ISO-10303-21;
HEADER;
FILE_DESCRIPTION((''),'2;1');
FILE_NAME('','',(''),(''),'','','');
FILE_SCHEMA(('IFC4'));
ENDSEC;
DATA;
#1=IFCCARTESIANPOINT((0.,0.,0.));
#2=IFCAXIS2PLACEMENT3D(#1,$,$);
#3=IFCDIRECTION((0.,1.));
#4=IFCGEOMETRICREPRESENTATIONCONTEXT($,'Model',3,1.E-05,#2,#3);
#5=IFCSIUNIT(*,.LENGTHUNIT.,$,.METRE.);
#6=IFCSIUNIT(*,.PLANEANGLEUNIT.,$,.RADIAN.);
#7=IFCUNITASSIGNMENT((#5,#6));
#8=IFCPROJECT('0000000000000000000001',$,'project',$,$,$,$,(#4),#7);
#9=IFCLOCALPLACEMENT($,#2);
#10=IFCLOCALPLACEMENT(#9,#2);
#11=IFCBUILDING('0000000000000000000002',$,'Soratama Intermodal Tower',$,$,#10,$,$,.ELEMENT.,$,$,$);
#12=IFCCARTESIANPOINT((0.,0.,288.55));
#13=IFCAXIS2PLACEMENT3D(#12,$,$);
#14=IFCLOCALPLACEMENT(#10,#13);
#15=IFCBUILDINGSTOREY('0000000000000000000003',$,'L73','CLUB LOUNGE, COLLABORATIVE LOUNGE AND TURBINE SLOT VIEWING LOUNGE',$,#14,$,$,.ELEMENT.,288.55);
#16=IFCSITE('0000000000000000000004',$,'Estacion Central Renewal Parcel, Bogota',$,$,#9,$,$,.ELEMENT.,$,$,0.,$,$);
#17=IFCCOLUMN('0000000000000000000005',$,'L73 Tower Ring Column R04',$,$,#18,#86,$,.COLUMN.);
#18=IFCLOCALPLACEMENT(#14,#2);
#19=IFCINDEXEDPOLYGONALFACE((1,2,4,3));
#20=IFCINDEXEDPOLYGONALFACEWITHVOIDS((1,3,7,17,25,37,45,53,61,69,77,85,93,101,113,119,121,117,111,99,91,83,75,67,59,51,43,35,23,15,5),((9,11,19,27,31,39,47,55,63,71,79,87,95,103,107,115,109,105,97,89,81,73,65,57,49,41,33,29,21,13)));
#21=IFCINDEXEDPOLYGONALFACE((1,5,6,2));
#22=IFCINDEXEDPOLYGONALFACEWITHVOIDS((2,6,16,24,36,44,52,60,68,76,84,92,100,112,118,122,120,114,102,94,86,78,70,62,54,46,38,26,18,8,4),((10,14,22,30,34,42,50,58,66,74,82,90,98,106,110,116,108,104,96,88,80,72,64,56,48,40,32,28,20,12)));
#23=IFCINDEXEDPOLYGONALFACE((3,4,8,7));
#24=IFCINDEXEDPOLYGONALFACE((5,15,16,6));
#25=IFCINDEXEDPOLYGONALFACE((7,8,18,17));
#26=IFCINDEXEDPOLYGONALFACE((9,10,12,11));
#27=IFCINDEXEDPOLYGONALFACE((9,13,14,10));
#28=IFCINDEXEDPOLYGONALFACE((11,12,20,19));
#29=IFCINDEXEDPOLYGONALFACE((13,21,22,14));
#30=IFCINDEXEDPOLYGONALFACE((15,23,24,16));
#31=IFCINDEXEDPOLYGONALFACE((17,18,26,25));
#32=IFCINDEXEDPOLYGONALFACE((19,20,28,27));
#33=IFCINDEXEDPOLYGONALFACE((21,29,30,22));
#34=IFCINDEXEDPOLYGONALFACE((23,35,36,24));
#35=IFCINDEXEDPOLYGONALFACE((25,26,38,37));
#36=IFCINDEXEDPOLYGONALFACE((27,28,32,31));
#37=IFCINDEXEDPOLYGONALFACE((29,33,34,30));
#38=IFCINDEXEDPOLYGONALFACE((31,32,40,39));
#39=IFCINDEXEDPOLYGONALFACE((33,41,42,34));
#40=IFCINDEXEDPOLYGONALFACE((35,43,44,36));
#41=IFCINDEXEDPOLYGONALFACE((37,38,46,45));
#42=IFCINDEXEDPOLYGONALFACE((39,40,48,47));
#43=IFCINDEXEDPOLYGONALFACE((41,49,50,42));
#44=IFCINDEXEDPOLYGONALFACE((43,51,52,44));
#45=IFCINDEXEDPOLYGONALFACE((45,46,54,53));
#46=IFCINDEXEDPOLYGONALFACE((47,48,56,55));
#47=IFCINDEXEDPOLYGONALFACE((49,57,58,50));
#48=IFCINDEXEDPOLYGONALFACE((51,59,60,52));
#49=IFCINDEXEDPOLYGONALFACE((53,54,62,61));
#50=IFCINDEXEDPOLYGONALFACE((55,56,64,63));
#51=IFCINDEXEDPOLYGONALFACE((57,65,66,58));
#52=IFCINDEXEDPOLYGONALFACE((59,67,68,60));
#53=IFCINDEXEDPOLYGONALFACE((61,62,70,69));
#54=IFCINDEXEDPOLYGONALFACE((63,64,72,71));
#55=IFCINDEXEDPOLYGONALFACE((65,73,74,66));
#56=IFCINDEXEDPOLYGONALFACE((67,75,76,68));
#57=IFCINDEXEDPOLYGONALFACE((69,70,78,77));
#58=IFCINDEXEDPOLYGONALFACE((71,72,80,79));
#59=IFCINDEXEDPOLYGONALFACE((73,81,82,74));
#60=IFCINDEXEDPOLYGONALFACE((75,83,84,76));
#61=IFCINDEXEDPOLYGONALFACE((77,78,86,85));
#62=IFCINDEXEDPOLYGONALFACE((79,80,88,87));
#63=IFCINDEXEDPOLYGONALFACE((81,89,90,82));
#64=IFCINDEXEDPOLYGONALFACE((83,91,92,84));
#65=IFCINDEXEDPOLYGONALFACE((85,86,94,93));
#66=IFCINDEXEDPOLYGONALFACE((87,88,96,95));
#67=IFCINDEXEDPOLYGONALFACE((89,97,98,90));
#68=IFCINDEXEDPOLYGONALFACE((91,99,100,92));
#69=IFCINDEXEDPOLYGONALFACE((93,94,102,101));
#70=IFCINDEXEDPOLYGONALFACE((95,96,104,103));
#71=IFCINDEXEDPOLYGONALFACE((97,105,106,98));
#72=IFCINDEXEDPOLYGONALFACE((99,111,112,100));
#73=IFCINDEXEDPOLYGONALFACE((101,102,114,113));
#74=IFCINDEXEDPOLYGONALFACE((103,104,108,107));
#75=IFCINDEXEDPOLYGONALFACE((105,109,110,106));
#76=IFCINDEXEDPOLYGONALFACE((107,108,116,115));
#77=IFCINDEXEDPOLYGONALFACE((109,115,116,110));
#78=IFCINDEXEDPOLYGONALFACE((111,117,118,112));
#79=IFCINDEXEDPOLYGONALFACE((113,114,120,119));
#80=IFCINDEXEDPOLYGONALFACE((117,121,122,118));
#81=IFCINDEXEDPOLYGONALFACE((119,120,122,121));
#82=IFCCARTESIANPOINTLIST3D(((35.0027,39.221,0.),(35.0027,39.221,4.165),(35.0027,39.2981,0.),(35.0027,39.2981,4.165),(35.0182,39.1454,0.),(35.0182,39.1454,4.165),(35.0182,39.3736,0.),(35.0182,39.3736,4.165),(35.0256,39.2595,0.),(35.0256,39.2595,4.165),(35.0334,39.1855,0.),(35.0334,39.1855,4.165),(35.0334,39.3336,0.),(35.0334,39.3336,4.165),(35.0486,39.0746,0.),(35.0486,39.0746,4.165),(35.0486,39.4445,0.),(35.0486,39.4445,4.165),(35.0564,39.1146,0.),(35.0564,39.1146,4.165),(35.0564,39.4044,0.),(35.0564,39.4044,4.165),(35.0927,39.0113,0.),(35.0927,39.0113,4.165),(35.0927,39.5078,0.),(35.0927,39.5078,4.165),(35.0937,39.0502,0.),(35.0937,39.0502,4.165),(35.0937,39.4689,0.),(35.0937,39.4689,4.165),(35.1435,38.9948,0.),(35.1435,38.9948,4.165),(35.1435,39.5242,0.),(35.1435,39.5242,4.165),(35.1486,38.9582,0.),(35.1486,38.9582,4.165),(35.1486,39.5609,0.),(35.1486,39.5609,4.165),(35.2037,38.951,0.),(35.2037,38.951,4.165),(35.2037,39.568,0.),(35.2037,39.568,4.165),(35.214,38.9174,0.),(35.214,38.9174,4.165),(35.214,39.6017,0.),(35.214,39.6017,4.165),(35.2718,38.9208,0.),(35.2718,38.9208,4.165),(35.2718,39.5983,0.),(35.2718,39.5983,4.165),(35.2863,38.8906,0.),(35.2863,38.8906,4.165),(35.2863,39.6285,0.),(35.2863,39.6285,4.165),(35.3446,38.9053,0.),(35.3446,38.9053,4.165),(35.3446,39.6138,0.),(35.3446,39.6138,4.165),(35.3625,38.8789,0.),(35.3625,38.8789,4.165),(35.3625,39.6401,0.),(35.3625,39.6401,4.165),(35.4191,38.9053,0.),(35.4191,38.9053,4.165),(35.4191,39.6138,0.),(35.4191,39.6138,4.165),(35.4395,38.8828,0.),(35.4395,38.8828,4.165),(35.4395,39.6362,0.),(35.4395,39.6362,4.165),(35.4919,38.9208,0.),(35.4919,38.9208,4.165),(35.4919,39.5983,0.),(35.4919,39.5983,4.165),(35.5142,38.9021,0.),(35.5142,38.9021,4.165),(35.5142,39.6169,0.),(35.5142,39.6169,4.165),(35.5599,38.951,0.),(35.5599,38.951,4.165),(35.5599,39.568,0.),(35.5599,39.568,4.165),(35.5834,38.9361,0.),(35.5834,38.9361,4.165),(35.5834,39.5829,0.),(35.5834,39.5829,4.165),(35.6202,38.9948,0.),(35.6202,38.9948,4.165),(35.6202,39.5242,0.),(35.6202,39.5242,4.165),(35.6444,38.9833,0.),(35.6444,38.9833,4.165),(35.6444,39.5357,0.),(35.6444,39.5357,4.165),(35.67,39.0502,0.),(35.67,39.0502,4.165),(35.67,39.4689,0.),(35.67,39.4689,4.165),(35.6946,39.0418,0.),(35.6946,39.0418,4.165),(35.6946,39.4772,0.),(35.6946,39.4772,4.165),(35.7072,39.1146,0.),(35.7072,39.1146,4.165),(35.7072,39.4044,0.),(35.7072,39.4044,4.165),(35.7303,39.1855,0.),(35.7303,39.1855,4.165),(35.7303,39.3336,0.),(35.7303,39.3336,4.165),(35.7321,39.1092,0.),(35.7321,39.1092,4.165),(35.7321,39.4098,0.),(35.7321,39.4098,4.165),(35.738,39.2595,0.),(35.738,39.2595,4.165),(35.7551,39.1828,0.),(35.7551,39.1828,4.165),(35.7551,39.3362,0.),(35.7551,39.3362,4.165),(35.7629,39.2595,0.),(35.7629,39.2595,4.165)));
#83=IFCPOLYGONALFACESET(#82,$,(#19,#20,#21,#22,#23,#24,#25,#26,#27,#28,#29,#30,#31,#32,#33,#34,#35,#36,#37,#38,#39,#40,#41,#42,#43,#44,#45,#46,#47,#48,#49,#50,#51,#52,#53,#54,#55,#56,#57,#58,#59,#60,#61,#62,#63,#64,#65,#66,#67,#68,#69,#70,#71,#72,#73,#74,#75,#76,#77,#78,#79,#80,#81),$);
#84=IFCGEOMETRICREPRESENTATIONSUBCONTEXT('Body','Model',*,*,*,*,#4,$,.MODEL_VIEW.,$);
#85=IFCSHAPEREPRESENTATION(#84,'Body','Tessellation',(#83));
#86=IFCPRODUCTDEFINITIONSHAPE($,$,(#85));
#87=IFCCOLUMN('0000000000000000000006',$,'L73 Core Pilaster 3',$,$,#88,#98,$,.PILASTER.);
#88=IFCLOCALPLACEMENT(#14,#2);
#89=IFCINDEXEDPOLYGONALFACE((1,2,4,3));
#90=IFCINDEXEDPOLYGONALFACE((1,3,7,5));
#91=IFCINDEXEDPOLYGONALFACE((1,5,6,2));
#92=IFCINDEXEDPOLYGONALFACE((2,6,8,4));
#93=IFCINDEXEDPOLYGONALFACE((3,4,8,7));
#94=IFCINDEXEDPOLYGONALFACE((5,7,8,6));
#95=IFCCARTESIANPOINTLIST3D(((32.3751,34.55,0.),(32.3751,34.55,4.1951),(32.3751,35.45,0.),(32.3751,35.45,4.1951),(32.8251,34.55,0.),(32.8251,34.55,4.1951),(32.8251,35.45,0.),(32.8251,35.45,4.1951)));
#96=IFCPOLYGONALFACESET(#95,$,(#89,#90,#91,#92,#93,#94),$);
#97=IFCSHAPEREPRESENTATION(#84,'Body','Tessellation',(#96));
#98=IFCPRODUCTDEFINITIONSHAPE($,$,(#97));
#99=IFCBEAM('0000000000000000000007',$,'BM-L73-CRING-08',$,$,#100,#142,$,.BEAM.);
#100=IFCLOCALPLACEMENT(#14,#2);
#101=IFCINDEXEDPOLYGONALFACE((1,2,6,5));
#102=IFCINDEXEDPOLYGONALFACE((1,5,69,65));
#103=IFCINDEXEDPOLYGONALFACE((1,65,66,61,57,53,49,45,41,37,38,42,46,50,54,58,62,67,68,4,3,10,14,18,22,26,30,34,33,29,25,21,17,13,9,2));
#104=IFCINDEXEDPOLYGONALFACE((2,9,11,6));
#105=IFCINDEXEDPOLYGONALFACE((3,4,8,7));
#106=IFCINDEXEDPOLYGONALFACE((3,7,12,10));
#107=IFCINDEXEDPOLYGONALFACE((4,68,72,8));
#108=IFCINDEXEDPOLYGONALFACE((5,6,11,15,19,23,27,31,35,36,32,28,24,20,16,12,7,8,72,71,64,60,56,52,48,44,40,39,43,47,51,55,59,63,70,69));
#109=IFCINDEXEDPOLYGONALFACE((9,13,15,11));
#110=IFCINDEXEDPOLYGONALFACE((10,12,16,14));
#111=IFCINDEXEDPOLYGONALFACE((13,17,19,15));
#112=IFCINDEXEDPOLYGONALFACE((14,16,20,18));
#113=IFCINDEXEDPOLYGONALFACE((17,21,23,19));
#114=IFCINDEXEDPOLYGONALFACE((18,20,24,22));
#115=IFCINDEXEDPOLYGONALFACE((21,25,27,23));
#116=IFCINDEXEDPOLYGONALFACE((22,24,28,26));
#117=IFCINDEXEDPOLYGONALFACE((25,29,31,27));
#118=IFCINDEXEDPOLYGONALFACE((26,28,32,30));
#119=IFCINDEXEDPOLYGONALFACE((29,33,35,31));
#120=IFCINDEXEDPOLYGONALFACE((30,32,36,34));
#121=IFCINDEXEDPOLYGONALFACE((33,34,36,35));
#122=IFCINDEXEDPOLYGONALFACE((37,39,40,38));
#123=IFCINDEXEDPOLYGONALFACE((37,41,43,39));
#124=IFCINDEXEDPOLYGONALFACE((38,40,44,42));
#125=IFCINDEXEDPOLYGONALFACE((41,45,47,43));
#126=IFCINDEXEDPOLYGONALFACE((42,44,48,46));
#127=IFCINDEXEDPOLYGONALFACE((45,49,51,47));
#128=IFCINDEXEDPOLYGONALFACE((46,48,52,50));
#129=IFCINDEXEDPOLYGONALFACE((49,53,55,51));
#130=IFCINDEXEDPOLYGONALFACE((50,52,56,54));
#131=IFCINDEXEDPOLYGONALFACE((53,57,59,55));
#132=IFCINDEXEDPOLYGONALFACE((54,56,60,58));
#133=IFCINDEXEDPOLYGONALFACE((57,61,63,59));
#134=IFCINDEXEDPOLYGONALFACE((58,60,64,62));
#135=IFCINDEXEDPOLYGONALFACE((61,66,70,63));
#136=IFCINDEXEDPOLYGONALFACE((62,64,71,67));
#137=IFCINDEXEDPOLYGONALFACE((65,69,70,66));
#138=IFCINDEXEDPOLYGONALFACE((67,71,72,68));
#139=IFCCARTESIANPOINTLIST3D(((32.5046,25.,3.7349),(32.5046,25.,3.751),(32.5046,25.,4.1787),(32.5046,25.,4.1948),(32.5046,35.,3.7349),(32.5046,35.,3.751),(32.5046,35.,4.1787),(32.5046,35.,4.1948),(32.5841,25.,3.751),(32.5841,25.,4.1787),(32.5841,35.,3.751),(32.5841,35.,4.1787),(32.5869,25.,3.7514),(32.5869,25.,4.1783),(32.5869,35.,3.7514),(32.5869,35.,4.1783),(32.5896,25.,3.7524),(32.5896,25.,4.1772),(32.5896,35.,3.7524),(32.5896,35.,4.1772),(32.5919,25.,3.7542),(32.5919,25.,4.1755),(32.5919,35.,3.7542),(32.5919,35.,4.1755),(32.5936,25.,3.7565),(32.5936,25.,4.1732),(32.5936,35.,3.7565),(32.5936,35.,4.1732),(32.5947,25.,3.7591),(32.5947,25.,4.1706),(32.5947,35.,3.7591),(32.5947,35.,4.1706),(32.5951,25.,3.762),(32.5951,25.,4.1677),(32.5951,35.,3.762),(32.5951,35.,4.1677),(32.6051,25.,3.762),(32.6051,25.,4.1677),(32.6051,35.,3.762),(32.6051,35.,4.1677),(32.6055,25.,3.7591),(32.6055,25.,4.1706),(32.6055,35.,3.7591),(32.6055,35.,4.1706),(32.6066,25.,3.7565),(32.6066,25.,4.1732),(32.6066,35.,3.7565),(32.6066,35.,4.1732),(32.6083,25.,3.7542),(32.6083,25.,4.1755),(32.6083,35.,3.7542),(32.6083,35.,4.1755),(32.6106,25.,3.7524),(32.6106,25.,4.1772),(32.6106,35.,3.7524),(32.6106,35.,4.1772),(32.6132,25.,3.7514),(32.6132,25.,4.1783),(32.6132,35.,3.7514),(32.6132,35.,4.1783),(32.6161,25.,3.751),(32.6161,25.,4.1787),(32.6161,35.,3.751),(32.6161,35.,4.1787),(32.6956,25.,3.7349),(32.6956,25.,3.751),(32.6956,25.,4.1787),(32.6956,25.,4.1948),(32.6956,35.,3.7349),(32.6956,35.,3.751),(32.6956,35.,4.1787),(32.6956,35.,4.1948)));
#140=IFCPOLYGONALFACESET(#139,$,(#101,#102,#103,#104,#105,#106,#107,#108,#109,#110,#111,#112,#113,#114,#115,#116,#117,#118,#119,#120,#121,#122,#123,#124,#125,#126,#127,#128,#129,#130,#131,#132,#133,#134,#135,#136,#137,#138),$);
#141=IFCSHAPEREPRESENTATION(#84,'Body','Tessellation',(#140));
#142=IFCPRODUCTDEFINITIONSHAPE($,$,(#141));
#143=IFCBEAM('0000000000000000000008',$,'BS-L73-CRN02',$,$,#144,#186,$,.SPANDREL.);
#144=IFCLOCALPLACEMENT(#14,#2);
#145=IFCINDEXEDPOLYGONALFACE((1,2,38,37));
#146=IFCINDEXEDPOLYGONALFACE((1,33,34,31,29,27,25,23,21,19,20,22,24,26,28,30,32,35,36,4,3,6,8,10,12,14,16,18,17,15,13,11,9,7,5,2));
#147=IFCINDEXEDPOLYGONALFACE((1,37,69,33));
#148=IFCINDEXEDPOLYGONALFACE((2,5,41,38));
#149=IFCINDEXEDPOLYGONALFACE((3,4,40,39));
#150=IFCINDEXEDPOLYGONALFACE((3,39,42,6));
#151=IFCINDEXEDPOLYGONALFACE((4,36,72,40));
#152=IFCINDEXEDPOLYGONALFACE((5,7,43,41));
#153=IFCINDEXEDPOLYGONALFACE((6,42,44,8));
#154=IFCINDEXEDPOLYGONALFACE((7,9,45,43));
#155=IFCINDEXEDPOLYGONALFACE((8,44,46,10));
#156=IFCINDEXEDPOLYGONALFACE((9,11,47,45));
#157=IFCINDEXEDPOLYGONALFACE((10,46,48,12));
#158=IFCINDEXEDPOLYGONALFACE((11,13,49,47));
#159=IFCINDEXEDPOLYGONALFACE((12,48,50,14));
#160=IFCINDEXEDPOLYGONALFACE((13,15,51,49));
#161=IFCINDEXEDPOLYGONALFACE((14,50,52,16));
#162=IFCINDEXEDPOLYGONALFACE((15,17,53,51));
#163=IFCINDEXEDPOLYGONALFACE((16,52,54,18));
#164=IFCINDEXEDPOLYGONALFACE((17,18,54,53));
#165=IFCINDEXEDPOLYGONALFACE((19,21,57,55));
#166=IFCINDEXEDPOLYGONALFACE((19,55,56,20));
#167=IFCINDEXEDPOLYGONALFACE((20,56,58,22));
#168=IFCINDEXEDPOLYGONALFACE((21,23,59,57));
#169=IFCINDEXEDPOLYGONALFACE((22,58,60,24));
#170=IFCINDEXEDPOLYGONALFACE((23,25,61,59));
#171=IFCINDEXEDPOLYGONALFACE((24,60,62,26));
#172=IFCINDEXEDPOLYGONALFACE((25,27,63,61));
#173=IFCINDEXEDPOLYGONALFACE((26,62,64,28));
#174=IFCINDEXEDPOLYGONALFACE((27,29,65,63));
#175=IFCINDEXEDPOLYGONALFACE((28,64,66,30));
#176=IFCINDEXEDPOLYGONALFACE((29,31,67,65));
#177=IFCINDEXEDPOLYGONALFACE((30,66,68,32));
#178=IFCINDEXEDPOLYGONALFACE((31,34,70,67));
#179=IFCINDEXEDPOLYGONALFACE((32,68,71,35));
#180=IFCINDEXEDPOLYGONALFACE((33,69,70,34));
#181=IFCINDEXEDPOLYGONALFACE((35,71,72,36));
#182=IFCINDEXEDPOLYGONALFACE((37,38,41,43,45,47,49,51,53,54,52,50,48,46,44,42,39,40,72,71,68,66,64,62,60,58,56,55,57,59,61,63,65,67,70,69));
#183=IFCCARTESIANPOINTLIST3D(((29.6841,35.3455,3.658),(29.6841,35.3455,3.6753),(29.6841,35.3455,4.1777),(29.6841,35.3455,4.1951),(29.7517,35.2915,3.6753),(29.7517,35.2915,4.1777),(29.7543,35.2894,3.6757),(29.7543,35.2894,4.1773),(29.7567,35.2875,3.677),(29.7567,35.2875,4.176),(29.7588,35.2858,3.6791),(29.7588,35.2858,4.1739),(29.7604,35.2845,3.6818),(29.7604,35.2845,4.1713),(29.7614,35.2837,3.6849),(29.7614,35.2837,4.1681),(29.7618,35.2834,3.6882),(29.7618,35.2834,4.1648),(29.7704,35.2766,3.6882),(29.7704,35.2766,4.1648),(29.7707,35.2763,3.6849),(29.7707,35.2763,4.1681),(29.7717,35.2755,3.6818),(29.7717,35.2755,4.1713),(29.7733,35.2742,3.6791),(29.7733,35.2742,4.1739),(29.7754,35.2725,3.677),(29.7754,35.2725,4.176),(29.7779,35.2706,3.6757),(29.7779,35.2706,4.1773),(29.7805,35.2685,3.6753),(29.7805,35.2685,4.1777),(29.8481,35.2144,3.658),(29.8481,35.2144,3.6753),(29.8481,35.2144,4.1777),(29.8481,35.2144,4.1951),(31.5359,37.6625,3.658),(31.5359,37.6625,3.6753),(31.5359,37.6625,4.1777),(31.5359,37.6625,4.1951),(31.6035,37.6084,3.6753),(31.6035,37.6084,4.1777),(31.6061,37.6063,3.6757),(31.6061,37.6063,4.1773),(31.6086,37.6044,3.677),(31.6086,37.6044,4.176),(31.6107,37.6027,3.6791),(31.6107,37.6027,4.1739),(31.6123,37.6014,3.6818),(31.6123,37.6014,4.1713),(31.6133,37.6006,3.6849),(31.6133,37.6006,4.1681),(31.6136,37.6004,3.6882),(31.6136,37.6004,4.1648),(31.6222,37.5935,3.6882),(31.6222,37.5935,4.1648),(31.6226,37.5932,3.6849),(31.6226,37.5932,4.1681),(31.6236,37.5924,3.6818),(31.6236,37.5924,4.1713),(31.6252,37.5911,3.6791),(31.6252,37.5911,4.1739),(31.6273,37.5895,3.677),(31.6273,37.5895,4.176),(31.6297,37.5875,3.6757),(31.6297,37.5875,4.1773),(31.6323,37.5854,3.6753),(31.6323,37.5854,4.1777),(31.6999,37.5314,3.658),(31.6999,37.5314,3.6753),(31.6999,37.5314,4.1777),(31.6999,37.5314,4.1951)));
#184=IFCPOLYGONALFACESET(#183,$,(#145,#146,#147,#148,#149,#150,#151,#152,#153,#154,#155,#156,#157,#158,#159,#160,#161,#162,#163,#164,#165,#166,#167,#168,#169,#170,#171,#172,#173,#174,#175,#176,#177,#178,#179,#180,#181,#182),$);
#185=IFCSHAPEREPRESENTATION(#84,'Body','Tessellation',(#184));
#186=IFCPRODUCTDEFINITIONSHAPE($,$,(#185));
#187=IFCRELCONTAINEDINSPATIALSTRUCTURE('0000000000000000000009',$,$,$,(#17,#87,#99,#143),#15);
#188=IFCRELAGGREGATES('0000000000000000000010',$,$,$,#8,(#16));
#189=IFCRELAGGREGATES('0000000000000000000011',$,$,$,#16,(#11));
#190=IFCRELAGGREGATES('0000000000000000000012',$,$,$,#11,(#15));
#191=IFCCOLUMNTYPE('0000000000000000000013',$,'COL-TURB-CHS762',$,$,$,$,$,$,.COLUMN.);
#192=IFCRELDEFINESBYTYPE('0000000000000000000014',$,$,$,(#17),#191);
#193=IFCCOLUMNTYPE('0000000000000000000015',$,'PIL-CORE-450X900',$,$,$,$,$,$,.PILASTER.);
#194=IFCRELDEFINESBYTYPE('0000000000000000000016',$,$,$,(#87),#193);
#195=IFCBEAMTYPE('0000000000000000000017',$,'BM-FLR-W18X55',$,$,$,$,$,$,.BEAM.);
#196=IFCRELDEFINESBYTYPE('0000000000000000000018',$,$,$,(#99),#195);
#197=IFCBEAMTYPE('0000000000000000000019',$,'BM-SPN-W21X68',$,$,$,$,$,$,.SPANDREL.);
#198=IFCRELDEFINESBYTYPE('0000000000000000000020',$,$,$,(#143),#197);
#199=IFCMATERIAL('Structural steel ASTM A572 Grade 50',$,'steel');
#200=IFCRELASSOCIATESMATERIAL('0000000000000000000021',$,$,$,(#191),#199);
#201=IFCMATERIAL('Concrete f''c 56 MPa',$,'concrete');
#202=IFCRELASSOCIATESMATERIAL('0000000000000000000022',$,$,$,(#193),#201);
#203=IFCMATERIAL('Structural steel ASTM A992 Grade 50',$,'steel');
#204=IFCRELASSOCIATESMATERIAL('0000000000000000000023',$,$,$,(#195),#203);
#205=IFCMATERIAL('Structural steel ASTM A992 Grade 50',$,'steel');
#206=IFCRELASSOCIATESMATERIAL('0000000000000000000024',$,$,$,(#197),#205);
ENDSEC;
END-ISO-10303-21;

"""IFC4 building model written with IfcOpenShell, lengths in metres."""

from ifc_helpers import new_model, si_unit, direction, frame, origin, origin_2d, place, context, subcontext, project, spatial, rectangle, hollow_circle, i_section, extrude, material, material_profile, profile_set, type_object, element, save


model = new_model("IFC4")

# Units and contexts
model_context = context("Model", 3, precision=1e-05, world=origin(), true_north=direction((0.0, 1.0)))
body_context = subcontext(model_context, "Body", "Model", "MODEL_VIEW")
ifc_project = project(units=[si_unit("LENGTHUNIT", "METRE"), si_unit("PLANEANGLEUNIT", "RADIAN")], contexts=[model_context])

# Site, building, storey
site_placement = place(None, origin())
site = spatial("IfcSite", under=ifc_project, at=site_placement, Name="Estacion Central Renewal Parcel, Bogota", CompositionType="ELEMENT", RefElevation=0.0)
building_placement = place(site_placement, origin())
building = spatial("IfcBuilding", under=site, at=building_placement, Name="Soratama Intermodal Tower", CompositionType="ELEMENT")
storey_placement = place(building_placement, frame((0.0, 0.0, 288.55)))
storey = spatial("IfcBuildingStorey", under=building, at=storey_placement, Name="L73", Description="CLUB LOUNGE, COLLABORATIVE LOUNGE AND TURBINE SLOT VIEWING LOUNGE", CompositionType="ELEMENT", Elevation=288.55)

# Columns
ifc_material_1 = material(Name="Structural steel ASTM A572 Grade 50", Category="steel")
ifc_material_profile_1 = material_profile(ifc_material_1, hollow_circle(Radius=0.3811, WallThickness=0.0249, at=origin_2d()), Name="CHS762X25")
ifc_profile_set_1 = profile_set([ifc_material_profile_1], Name="Structural steel ASTM A572 Grade 50")
column_type_1 = type_object("IfcColumnType", Name="COL-TURB-CHS762", PredefinedType="COLUMN", material=ifc_profile_set_1)
column_1_placement = place(storey_placement, frame((35.3818, 39.2595, 0.0), z_axis=(0.0, 0.0, 1.0), x_axis=(1.0, 0.0, 0.0)))
element("IfcColumn", 1, at=column_1_placement, inside=storey, type_object=column_type_1, Name="L73 Tower Ring Column R04", PredefinedType="COLUMN", context=body_context, shape_type="SweptSolid", body=[
    extrude(hollow_circle(Radius=0.3811, WallThickness=0.0249, at=origin_2d()), origin(), (0.0, 0.0, 1.0), 4.165),
])
ifc_material_2 = material(Name="Concrete f'c 56 MPa", Category="concrete")
ifc_material_profile_2 = material_profile(ifc_material_2, rectangle(XDim=0.45, YDim=0.8999, at=origin_2d()), Name="RC450X900")
ifc_profile_set_2 = profile_set([ifc_material_profile_2], Name="Concrete f'c 56 MPa")
column_type_2 = type_object("IfcColumnType", Name="PIL-CORE-450X900", PredefinedType="PILASTER", material=ifc_profile_set_2)
column_2_placement = place(storey_placement, frame((32.6001, 35.0, 0.0), z_axis=(0.0, 0.0, 1.0), x_axis=(1.0, 0.0, 0.0)))
element("IfcColumn", 2, at=column_2_placement, inside=storey, type_object=column_type_2, Name="L73 Core Pilaster 3", PredefinedType="PILASTER", context=body_context, shape_type="SweptSolid", body=[
    extrude(rectangle(XDim=0.45, YDim=0.8999, at=origin_2d()), origin(), (0.0, 0.0, 1.0), 4.1951),
])

# Beams
ifc_material_3 = material(Name="Structural steel ASTM A992 Grade 50", Category="steel")
ifc_material_profile_3 = material_profile(ifc_material_3, i_section(OverallWidth=0.1909, OverallDepth=0.46, WebThickness=0.01, FlangeThickness=0.0161, FilletRadius=0.011, at=origin_2d()), Name="W18X55")
ifc_profile_set_3 = profile_set([ifc_material_profile_3], Name="Structural steel ASTM A992 Grade 50")
beam_type_1 = type_object("IfcBeamType", Name="BM-FLR-W18X55", PredefinedType="BEAM", material=ifc_profile_set_3)
beam_1_placement = place(storey_placement, frame((32.6001, 35.0, 3.9648), z_axis=(0.0, -1.0, 0.0), x_axis=(1.0, 0.0, 0.0)))
element("IfcBeam", 3, at=beam_1_placement, inside=storey, type_object=beam_type_1, Name="BM-L73-CRING-08", PredefinedType="BEAM", context=body_context, shape_type="SweptSolid", body=[
    extrude(i_section(OverallWidth=0.1909, OverallDepth=0.46, WebThickness=0.01, FlangeThickness=0.0161, FilletRadius=0.011, at=origin_2d()), origin(), (0.0, 0.0, 1.0), 10.0),
])
ifc_material_4 = material(Name="Structural steel ASTM A992 Grade 50", Category="steel")
ifc_material_profile_4 = material_profile(ifc_material_4, i_section(OverallWidth=0.21, OverallDepth=0.5371, WebThickness=0.011, FlangeThickness=0.0173, FilletRadius=0.0129, at=origin_2d()), Name="W21X68")
ifc_profile_set_4 = profile_set([ifc_material_profile_4], Name="Structural steel ASTM A992 Grade 50")
beam_type_2 = type_object("IfcBeamType", Name="BM-SPN-W21X68", PredefinedType="SPANDREL", material=ifc_profile_set_4)
beam_2_placement = place(storey_placement, frame((31.6179, 37.5969, 3.9265), z_axis=(-0.624344, -0.78115, 0.0), x_axis=(0.78115, -0.624344, 0.0)))
element("IfcBeam", 4, at=beam_2_placement, inside=storey, type_object=beam_type_2, Name="BS-L73-CRN02", PredefinedType="SPANDREL", context=body_context, shape_type="SweptSolid", body=[
    extrude(i_section(OverallWidth=0.21, OverallDepth=0.5371, WebThickness=0.011, FlangeThickness=0.0173, FilletRadius=0.0129, at=origin_2d()), origin(), (0.0, 0.0, 1.0), 2.9661),
])

save(model, "model.ifc")
